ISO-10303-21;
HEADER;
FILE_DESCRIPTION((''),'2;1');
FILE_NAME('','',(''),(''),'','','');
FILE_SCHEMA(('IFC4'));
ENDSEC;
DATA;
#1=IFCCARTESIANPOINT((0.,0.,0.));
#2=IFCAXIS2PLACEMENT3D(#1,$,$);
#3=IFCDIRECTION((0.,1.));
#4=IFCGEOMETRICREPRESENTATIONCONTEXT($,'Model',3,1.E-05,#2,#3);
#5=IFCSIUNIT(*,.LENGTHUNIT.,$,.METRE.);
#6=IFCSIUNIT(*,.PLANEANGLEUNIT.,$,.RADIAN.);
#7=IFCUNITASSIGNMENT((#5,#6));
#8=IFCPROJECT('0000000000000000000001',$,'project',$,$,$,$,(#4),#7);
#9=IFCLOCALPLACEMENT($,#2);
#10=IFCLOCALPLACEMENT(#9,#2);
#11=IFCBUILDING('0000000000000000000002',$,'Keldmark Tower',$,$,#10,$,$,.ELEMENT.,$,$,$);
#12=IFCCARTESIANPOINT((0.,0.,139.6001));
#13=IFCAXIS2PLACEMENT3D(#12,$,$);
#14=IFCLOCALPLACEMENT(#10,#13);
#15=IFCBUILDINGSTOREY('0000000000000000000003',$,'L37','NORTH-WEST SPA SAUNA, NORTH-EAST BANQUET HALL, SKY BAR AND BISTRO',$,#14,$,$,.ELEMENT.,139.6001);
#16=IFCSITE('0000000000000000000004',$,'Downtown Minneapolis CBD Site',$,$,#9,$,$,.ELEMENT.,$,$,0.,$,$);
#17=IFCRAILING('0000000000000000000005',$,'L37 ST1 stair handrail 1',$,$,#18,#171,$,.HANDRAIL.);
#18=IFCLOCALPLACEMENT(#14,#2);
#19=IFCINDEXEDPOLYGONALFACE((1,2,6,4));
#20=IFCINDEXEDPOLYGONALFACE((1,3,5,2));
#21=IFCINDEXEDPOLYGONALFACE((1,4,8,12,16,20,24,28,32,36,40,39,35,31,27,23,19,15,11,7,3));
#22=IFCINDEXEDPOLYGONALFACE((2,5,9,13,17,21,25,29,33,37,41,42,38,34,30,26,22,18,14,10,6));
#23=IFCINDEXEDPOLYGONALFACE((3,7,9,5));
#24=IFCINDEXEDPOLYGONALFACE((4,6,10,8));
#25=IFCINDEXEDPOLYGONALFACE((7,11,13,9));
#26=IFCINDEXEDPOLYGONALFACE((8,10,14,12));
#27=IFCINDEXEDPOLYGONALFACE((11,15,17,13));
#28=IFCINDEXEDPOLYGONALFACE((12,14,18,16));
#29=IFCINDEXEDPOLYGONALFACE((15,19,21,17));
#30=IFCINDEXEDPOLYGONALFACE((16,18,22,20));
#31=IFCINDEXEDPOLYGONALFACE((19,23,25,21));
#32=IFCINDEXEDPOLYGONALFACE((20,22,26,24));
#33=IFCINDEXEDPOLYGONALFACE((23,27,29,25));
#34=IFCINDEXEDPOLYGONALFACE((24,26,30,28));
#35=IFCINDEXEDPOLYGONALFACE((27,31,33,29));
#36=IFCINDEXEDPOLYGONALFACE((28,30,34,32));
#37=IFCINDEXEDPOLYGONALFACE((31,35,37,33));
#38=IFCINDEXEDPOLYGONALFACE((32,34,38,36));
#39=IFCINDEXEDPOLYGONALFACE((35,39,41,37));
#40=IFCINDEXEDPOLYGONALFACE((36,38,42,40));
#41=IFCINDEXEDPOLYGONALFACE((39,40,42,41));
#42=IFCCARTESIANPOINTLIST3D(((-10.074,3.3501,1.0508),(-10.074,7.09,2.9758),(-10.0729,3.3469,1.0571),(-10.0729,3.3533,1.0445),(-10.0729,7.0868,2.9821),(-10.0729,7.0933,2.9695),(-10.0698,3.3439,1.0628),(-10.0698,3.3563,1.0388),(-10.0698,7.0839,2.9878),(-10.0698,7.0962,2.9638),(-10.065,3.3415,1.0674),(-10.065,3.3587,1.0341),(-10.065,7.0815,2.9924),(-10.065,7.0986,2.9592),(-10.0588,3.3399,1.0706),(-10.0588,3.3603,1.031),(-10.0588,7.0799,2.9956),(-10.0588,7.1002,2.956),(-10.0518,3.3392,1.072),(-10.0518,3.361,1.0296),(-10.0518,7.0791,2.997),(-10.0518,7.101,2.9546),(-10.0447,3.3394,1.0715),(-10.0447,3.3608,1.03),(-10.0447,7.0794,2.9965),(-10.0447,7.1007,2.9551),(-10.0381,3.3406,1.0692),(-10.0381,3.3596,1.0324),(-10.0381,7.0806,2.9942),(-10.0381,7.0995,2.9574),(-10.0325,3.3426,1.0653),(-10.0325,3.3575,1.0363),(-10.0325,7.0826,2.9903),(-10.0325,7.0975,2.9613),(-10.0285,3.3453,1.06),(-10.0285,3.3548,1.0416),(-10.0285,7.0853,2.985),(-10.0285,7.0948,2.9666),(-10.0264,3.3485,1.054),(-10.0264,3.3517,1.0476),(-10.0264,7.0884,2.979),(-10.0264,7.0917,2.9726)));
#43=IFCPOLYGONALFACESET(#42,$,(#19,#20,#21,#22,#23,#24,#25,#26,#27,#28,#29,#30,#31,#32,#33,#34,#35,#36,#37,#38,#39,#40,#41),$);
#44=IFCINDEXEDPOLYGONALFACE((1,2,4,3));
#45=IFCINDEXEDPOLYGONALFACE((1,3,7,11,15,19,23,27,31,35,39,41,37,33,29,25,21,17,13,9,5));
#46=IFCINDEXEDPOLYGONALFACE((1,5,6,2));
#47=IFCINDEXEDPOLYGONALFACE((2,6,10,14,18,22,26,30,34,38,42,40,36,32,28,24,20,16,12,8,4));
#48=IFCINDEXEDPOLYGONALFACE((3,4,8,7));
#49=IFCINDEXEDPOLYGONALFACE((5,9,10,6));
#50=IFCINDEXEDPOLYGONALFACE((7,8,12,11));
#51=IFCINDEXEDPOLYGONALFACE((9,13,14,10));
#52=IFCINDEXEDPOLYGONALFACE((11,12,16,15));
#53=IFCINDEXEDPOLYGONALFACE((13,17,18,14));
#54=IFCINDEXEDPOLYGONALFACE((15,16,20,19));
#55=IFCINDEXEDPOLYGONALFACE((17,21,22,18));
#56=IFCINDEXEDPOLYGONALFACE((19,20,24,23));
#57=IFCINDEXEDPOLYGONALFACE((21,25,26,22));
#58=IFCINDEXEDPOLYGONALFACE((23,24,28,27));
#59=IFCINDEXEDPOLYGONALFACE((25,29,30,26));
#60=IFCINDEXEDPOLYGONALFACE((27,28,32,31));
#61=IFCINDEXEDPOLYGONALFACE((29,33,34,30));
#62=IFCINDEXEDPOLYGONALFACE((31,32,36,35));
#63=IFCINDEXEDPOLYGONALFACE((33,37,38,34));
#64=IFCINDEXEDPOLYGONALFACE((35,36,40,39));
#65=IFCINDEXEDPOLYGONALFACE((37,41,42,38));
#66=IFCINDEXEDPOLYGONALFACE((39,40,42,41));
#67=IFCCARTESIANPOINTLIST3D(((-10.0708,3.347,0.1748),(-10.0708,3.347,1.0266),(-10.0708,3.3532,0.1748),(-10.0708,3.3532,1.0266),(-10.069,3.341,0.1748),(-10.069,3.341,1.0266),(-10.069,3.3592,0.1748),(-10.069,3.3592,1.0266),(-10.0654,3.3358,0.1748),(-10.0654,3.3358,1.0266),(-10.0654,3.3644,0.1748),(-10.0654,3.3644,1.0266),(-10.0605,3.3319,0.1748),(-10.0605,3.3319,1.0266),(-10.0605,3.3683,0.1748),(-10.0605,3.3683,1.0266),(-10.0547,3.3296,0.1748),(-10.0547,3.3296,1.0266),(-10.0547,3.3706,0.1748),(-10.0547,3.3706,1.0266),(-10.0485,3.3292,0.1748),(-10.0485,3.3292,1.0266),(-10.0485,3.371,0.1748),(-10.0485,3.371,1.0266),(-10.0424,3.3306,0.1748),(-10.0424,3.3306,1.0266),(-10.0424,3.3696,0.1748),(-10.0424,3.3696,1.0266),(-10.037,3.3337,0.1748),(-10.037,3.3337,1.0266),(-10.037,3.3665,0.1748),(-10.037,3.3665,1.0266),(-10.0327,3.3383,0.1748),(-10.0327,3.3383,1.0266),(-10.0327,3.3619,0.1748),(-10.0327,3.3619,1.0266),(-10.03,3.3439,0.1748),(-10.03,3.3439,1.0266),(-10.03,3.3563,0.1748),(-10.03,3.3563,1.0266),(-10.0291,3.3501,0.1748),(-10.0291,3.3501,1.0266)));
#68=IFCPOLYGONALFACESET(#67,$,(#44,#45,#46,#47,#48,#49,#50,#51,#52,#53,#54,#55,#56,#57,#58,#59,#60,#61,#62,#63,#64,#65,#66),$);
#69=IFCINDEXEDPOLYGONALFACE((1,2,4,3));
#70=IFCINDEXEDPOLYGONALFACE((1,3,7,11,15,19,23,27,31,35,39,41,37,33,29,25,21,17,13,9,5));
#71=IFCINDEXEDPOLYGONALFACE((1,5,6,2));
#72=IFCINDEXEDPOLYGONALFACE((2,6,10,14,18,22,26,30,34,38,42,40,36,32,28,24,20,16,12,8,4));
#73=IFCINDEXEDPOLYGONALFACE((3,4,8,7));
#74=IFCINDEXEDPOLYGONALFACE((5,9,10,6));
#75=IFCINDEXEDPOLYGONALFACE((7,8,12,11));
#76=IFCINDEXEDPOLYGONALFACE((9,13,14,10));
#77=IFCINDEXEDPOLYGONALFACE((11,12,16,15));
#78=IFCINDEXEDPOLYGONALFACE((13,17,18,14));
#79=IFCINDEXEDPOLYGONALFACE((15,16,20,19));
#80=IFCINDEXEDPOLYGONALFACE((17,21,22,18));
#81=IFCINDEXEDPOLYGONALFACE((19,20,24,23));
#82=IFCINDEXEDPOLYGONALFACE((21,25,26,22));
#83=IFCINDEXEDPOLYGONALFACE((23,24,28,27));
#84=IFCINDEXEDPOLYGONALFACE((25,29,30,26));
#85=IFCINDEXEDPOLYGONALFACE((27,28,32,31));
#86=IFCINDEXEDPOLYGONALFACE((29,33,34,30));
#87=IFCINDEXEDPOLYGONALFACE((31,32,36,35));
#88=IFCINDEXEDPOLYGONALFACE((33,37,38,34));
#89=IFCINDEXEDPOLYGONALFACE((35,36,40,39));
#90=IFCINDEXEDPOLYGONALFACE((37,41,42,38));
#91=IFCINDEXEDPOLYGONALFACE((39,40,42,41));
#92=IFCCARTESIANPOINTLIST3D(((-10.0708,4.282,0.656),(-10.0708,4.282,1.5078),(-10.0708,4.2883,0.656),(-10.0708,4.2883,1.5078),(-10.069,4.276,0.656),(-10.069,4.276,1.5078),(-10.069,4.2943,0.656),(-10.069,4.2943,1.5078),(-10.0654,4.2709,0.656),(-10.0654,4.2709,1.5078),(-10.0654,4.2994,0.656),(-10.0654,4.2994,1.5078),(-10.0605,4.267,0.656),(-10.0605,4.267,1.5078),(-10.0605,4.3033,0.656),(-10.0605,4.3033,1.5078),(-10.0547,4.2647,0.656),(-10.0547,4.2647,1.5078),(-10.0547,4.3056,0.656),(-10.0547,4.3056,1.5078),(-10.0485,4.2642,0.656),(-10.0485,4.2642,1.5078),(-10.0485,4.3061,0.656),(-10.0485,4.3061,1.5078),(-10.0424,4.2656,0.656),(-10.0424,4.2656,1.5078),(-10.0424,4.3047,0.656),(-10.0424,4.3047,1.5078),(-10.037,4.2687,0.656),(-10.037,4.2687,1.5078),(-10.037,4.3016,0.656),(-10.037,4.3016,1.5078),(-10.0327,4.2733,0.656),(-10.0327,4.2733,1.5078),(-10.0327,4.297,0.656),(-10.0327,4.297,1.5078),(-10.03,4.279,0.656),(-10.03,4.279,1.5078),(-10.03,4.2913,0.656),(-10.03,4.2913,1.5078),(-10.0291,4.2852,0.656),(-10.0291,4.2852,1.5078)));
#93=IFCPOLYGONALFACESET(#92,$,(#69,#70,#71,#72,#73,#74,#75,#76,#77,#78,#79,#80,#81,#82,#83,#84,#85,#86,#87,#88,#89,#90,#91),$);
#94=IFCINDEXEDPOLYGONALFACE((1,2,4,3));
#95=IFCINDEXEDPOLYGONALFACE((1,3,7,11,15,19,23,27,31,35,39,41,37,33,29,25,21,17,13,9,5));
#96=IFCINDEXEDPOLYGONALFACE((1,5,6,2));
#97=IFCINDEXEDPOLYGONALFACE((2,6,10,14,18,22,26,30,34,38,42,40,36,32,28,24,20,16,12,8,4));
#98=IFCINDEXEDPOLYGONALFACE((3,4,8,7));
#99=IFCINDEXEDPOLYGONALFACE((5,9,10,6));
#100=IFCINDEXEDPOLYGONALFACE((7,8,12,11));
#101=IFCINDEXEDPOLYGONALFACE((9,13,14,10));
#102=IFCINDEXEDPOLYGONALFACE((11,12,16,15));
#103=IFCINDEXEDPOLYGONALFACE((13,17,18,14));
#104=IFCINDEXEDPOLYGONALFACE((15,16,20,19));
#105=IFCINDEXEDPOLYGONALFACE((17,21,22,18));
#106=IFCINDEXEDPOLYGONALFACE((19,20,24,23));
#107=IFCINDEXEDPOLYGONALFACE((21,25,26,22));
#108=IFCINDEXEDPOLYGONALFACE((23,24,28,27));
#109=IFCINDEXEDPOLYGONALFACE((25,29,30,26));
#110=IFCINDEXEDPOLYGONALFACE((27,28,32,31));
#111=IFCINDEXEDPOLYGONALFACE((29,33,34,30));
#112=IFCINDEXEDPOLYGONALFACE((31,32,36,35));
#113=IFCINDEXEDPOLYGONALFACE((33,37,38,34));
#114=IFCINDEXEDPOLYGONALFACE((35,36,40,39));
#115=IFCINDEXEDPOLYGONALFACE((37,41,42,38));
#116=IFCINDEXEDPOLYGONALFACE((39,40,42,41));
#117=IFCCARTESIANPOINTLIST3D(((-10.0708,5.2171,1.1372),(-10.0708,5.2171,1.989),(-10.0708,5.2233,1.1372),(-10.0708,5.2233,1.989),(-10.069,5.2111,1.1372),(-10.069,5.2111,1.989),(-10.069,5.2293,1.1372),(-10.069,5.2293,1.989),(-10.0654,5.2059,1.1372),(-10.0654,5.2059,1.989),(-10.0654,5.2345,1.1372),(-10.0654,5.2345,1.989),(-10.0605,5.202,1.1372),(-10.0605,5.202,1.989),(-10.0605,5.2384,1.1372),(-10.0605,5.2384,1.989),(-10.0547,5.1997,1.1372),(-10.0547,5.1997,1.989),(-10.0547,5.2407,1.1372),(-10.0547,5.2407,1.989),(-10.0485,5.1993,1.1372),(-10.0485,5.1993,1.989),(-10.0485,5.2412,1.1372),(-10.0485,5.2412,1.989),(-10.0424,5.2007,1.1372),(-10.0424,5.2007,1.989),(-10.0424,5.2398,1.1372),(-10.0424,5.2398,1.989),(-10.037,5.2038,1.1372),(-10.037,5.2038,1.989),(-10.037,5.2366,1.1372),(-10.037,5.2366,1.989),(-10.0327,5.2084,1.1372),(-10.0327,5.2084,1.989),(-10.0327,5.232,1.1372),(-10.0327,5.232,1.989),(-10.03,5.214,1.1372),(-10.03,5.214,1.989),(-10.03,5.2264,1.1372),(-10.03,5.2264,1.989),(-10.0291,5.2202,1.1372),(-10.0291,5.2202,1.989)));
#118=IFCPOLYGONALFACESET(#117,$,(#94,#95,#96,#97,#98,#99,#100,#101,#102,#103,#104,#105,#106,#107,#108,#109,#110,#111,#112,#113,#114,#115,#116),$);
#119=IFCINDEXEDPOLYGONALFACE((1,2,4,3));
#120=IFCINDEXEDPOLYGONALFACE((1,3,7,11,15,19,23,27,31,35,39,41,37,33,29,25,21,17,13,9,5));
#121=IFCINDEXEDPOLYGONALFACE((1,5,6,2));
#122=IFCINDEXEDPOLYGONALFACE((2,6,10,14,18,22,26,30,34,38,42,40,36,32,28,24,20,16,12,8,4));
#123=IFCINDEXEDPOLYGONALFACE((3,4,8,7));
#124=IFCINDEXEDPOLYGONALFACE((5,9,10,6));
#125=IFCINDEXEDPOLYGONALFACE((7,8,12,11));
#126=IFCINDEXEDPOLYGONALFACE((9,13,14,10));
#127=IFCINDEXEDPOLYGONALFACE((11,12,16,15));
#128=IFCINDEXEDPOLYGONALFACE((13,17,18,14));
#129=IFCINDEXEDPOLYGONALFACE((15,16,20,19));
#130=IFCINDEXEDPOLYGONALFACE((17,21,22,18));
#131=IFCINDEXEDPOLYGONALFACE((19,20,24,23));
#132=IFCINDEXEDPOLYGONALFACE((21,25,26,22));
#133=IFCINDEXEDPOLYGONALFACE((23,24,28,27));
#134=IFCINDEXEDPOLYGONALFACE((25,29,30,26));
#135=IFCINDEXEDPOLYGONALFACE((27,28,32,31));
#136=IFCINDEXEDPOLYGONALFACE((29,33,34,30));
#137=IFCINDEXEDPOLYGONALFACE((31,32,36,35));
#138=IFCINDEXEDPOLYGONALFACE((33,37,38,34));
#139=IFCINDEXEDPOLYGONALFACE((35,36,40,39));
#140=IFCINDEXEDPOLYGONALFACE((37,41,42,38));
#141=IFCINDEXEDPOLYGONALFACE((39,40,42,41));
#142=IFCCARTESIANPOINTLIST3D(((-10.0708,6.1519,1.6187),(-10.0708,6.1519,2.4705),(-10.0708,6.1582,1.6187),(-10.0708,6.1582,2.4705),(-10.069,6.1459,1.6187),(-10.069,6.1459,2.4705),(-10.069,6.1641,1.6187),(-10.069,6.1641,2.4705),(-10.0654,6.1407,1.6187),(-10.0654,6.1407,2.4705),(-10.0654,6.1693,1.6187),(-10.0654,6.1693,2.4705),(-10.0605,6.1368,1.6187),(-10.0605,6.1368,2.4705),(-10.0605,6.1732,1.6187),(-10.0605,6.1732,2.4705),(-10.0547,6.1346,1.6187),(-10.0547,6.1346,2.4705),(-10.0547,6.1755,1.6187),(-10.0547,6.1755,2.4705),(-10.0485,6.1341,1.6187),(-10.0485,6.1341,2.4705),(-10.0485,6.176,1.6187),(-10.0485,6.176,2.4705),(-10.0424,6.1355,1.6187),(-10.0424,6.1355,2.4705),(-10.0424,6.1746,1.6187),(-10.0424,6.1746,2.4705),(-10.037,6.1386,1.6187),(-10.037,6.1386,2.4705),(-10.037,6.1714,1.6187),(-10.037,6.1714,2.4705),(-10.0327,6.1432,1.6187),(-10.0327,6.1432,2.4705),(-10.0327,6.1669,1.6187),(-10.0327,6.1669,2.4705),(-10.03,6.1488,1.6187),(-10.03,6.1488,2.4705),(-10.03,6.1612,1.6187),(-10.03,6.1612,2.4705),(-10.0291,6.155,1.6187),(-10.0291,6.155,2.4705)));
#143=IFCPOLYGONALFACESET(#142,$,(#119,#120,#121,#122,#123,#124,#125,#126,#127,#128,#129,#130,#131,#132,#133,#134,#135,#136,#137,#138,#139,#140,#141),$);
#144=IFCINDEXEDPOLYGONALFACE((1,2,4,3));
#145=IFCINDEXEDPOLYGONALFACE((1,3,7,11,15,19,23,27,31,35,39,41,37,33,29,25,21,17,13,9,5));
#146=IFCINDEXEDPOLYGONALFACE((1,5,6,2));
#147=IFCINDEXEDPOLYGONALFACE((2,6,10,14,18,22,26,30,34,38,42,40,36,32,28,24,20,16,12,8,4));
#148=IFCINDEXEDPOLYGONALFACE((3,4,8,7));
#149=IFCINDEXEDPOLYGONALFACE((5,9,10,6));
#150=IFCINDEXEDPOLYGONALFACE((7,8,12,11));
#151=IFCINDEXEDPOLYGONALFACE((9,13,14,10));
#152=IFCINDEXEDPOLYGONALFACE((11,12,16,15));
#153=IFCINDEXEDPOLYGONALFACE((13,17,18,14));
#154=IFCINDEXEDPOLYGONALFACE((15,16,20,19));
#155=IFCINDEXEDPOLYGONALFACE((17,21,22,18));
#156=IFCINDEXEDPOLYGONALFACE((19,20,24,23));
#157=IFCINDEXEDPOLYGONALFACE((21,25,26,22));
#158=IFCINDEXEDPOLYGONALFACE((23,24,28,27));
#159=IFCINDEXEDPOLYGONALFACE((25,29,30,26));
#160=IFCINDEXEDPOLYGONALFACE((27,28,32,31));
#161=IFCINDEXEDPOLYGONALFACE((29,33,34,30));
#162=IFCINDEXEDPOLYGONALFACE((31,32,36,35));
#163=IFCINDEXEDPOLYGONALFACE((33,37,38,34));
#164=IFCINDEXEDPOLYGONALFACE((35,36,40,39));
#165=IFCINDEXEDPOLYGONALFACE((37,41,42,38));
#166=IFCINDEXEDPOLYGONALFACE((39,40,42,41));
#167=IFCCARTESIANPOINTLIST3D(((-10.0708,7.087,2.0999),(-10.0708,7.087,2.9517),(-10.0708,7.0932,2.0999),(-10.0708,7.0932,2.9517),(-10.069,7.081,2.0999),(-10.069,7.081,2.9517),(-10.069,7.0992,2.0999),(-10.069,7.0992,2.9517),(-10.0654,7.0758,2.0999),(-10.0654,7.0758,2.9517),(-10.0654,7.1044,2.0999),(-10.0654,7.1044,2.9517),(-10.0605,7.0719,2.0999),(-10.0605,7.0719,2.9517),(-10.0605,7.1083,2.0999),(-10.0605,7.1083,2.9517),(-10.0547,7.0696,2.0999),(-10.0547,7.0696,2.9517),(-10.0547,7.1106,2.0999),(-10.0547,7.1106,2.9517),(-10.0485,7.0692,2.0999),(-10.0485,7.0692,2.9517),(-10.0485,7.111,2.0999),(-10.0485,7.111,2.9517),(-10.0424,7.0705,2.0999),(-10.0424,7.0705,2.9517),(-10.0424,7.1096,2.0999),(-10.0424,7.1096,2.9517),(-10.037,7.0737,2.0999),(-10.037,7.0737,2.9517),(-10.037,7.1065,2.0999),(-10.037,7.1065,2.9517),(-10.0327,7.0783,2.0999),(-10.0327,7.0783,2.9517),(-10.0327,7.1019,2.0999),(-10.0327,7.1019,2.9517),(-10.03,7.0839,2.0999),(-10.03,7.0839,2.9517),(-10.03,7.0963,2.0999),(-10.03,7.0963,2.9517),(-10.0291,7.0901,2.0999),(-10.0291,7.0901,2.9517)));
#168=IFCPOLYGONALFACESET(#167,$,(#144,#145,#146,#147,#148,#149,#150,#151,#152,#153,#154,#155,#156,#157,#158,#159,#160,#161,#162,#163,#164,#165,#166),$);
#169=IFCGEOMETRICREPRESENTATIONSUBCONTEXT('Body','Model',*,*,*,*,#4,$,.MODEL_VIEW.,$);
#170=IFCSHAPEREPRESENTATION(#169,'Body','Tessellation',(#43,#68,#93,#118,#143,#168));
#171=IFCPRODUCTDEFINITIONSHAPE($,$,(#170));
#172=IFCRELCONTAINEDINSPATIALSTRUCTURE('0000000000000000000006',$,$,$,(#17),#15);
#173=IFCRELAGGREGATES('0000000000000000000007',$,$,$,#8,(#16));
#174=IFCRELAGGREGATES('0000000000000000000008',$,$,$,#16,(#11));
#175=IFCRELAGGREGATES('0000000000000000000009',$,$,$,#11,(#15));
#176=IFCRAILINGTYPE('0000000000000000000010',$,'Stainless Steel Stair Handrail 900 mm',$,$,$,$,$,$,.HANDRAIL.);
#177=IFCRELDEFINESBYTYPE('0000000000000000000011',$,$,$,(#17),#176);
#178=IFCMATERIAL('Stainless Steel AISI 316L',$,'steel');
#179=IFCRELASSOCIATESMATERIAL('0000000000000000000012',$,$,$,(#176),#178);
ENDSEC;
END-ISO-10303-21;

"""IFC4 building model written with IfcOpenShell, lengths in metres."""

from ifc_helpers import new_model, si_unit, direction, frame, origin, origin_2d, place, context, subcontext, project, spatial, circle, extrude, material, type_object, element, save


model = new_model("IFC4")

# Units and contexts
model_context = context("Model", 3, precision=1e-05, world=origin(), true_north=direction((0.0, 1.0)))
body_context = subcontext(model_context, "Body", "Model", "MODEL_VIEW")
ifc_project = project(units=[si_unit("LENGTHUNIT", "METRE"), si_unit("PLANEANGLEUNIT", "RADIAN")], contexts=[model_context])

# Site, building, storey
site_placement = place(None, origin())
site = spatial("IfcSite", under=ifc_project, at=site_placement, Name="Downtown Minneapolis CBD Site", CompositionType="ELEMENT", RefElevation=0.0)
building_placement = place(site_placement, origin())
building = spatial("IfcBuilding", under=site, at=building_placement, Name="Keldmark Tower", CompositionType="ELEMENT")
storey_placement = place(building_placement, frame((0.0, 0.0, 139.6001)))
storey = spatial("IfcBuildingStorey", under=building, at=storey_placement, Name="L37", Description="NORTH-WEST SPA SAUNA, NORTH-EAST BANQUET HALL, SKY BAR AND BISTRO", CompositionType="ELEMENT", Elevation=139.6001)

# Railing
ifc_material_1 = material(Name="Stainless Steel AISI 316L", Category="steel")
railing_type_1 = type_object("IfcRailingType", Name="Stainless Steel Stair Handrail 900 mm", PredefinedType="HANDRAIL", material=ifc_material_1)
railing_1_placement = place(storey_placement, frame((-10.05, 3.3501, 0.1748)))
element("IfcRailing", 1, at=railing_1_placement, inside=storey, type_object=railing_type_1, Name="L37 ST1 stair handrail 1", PredefinedType="HANDRAIL", context=body_context, shape_type="SweptSolid", body=[
    extrude(circle(Radius=0.0239, at=origin_2d()), frame((0.0, 0.0, 0.876), z_axis=(0.0, 0.889131, 0.457654), x_axis=(-1.0, 0.0, 0.0)), (0.0, 0.0, 1.0), 4.2063),
    extrude(circle(Radius=0.021, at=origin_2d()), origin(), (0.0, 0.0, 1.0), 0.8518),
    extrude(circle(Radius=0.021, at=origin_2d()), frame((0.0, 0.9351, 0.4812)), (0.0, 0.0, 1.0), 0.8518),
    extrude(circle(Radius=0.021, at=origin_2d()), frame((0.0, 1.8701, 0.9624)), (0.0, 0.0, 1.0), 0.8518),
    extrude(circle(Radius=0.021, at=origin_2d()), frame((0.0, 2.8049, 1.4438)), (0.0, 0.0, 1.0), 0.8518),
    extrude(circle(Radius=0.021, at=origin_2d()), frame((0.0, 3.74, 1.925)), (0.0, 0.0, 1.0), 0.8518),
])

save(model, "model.ifc")
